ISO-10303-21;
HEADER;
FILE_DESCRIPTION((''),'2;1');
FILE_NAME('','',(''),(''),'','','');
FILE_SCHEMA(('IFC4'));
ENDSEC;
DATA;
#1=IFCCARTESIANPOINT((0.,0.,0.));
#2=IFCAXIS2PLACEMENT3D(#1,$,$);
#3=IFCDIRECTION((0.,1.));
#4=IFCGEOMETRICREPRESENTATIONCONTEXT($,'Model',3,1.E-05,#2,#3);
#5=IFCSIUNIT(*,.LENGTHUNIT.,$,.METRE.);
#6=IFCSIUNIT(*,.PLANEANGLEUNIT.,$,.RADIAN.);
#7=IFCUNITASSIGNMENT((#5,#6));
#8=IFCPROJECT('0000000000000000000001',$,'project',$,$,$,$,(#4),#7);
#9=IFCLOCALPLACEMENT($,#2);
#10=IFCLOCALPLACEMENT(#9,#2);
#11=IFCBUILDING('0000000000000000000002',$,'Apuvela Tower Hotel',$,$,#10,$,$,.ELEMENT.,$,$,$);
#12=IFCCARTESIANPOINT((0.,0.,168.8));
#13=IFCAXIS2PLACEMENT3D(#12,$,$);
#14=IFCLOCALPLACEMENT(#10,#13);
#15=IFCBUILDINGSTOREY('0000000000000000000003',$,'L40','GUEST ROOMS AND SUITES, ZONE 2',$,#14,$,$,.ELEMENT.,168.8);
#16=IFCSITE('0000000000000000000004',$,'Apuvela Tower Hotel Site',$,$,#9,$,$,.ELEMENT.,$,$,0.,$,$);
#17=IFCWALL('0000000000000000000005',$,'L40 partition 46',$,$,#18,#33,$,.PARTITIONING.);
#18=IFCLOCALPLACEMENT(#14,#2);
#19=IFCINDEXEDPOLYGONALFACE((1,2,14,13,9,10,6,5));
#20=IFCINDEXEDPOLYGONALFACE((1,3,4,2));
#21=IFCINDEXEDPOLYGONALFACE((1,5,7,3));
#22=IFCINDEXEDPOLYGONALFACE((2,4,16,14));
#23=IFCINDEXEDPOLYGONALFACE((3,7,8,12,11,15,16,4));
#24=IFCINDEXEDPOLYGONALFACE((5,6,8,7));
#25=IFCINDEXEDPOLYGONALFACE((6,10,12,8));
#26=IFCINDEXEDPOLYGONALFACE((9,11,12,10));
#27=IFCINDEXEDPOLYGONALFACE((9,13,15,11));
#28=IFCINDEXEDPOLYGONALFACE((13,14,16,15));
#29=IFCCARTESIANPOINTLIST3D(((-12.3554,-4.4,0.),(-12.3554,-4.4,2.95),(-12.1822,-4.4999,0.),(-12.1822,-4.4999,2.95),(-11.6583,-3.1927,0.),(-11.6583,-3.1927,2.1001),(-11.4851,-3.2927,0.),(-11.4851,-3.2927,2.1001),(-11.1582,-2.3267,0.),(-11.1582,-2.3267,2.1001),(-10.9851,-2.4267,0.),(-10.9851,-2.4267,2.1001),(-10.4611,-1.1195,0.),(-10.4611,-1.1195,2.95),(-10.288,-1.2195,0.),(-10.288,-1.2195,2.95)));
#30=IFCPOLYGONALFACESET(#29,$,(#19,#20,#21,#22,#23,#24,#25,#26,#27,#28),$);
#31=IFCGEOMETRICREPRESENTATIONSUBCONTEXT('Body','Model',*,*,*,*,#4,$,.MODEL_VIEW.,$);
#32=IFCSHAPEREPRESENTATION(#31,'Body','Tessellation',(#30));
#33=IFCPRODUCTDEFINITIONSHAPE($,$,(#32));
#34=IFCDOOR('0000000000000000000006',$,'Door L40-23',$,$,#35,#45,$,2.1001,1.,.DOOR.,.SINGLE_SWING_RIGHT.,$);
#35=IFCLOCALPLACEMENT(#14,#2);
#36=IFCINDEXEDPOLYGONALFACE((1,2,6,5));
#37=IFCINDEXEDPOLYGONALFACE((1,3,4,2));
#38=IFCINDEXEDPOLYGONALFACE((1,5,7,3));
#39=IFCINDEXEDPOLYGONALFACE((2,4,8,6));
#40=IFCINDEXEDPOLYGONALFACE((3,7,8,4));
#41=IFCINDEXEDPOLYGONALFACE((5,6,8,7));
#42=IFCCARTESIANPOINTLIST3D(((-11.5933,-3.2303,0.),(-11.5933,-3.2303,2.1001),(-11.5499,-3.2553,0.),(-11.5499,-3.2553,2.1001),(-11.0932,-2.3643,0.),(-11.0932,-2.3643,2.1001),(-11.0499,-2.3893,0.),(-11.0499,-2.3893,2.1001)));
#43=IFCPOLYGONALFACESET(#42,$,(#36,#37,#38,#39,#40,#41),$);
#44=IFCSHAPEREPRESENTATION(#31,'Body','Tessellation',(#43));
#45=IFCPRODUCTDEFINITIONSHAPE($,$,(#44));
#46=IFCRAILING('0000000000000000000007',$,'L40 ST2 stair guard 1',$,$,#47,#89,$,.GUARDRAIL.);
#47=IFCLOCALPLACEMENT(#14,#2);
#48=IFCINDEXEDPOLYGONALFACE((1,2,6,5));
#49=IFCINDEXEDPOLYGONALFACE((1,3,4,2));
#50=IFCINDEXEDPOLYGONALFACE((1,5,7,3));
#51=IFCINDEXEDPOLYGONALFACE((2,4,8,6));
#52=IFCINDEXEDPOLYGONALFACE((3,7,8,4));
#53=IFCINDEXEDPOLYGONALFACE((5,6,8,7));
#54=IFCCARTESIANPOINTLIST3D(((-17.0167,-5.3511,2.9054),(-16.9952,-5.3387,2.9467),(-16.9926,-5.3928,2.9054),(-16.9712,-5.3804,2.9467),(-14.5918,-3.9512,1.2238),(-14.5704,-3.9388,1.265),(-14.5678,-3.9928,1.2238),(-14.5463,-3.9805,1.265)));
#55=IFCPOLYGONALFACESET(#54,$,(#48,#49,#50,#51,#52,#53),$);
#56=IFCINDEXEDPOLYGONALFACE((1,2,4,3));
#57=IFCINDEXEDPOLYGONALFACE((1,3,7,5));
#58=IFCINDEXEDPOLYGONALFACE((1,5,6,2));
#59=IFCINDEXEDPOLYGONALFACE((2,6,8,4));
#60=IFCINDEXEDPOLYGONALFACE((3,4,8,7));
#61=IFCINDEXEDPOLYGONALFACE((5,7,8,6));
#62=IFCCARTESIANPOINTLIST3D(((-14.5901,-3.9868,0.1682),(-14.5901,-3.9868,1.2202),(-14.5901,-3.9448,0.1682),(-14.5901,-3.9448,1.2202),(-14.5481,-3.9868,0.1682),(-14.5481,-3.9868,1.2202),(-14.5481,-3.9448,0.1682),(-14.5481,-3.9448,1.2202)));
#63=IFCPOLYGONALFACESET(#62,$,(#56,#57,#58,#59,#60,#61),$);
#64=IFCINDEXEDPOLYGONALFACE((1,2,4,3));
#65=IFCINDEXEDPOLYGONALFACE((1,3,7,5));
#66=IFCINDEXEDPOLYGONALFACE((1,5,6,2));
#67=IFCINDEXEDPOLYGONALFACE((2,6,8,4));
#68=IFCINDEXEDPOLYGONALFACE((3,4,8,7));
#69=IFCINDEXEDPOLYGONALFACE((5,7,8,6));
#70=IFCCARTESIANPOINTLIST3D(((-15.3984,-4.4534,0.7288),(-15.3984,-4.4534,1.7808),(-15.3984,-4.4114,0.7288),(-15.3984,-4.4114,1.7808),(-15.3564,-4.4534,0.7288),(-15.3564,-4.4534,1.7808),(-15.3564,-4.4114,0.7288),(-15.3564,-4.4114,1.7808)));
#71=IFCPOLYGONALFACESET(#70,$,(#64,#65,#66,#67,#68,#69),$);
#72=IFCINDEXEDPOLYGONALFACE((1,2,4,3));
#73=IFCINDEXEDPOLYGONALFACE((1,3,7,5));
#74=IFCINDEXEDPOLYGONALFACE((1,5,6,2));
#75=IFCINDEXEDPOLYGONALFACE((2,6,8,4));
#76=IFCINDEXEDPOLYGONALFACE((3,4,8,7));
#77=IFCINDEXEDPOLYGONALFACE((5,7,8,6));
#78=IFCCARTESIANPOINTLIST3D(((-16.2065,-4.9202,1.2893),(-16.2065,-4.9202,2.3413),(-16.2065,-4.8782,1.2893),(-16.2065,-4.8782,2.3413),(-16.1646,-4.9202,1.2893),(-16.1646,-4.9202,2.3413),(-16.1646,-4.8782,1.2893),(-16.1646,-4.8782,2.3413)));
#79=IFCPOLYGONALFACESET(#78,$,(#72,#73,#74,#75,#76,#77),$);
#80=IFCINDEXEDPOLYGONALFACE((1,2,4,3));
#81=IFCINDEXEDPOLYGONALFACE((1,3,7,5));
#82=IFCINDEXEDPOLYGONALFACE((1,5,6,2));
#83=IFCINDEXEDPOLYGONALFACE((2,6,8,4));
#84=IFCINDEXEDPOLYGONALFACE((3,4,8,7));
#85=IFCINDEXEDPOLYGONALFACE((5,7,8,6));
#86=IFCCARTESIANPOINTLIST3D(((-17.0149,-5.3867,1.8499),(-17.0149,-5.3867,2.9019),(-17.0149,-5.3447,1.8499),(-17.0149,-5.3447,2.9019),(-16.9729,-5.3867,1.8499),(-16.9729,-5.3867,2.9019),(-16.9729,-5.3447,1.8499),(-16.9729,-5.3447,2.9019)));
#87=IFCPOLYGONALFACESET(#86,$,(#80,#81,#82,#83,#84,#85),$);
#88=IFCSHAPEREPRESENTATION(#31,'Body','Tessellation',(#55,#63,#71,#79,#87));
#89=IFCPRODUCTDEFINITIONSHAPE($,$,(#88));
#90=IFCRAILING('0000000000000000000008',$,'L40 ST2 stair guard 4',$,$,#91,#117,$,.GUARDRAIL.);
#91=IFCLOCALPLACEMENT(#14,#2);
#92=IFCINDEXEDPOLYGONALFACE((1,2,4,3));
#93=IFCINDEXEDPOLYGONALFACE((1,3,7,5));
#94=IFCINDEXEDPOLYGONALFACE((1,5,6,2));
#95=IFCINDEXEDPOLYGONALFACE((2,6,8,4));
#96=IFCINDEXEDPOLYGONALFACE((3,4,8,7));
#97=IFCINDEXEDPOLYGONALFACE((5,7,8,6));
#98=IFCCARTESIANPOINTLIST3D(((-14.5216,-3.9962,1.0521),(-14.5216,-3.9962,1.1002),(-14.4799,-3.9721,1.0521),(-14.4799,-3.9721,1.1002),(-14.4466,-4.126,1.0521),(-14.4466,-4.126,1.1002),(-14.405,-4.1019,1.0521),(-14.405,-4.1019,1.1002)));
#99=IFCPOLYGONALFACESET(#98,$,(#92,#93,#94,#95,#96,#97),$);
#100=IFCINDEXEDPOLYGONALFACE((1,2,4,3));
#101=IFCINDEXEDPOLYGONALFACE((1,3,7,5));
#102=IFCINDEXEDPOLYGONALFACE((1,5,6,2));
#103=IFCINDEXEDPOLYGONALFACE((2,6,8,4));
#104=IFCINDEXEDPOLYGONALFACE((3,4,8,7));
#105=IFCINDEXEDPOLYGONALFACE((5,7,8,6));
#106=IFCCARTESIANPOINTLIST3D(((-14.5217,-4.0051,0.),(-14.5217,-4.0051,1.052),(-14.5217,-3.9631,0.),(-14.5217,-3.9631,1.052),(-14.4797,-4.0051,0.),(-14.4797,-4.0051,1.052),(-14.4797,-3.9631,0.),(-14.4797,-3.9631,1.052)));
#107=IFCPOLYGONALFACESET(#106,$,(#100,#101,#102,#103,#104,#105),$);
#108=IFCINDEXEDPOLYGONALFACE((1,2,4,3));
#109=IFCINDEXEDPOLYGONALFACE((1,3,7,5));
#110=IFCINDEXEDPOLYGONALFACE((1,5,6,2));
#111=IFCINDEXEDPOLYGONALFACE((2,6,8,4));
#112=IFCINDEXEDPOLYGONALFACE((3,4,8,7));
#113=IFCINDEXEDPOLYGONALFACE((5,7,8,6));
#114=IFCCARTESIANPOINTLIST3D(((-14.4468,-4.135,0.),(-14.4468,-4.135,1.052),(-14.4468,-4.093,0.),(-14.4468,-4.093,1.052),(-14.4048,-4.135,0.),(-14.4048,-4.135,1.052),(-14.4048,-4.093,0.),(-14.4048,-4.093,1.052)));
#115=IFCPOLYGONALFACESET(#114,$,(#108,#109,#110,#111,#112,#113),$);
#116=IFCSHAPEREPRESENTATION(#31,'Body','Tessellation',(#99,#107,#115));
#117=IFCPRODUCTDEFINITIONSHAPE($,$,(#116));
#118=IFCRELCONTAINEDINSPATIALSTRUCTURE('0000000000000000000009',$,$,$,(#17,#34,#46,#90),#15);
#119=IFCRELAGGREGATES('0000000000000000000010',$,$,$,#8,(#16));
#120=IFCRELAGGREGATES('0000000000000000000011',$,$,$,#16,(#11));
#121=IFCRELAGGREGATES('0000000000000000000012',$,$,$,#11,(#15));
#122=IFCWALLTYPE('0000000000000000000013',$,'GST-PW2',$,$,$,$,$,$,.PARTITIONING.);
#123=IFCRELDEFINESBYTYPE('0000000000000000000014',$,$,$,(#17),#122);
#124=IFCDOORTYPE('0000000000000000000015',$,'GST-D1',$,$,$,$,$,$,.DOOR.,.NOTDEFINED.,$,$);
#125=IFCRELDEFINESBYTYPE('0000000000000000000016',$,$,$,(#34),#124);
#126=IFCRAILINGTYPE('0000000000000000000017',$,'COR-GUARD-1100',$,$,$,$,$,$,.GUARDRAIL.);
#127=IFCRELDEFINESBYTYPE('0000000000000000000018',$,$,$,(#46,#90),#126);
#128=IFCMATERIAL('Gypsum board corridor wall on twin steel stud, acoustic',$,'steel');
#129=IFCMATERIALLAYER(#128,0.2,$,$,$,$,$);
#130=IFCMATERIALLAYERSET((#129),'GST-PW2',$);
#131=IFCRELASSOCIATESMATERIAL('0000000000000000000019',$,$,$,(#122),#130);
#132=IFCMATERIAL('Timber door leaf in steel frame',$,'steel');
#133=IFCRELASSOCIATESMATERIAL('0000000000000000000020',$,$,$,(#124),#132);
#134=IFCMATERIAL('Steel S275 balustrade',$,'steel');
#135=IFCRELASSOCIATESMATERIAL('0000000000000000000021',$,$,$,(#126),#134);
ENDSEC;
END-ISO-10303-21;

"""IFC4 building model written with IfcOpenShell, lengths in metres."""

from ifc_helpers import new_model, si_unit, direction, frame, frame_2d, origin, origin_2d, place, context, subcontext, project, spatial, rectangle, extrude, material, layer, layer_set, type_object, element, fill, save


model = new_model("IFC4")

# Units and contexts
model_context = context("Model", 3, precision=1e-05, world=origin(), true_north=direction((0.0, 1.0)))
body_context = subcontext(model_context, "Body", "Model", "MODEL_VIEW")
ifc_project = project(units=[si_unit("LENGTHUNIT", "METRE"), si_unit("PLANEANGLEUNIT", "RADIAN")], contexts=[model_context])

# Site, building, storey
site_placement = place(None, origin())
site = spatial("IfcSite", under=ifc_project, at=site_placement, Name="Apuvela Tower Hotel Site", CompositionType="ELEMENT", RefElevation=0.0)
building_placement = place(site_placement, origin())
building = spatial("IfcBuilding", under=site, at=building_placement, Name="Apuvela Tower Hotel", CompositionType="ELEMENT")
storey_placement = place(building_placement, frame((0.0, 0.0, 168.8)))
storey = spatial("IfcBuildingStorey", under=building, at=storey_placement, Name="L40", Description="GUEST ROOMS AND SUITES, ZONE 2", CompositionType="ELEMENT", Elevation=168.8)

# Wall, opening, door
ifc_material_1 = material(Name="Gypsum board corridor wall on twin steel stud, acoustic", Category="steel")
ifc_layer_1 = layer(ifc_material_1, 0.2)
ifc_layer_set_1 = layer_set([ifc_layer_1], Name="GST-PW2")
wall_type_1 = type_object("IfcWallType", Name="GST-PW2", PredefinedType="PARTITIONING", material=ifc_layer_set_1)
wall_1_placement = place(storey_placement, frame((-12.2688, -4.45, 0.0), z_axis=(0.0, 0.0, 1.0), x_axis=(0.500055, 0.865993, 0.0)))
wall_1 = element("IfcWall", 1, at=wall_1_placement, inside=storey, type_object=wall_type_1, Name="L40 partition 46", PredefinedType="PARTITIONING", context=body_context, shape_type="SweptSolid", body=[
    extrude(rectangle(XDim=3.7881, YDim=0.2, at=frame_2d((1.894, 0.0))), origin(), (0.0, 0.0, 1.0), 2.95),
])
opening_1_placement = place(wall_1_placement, frame((1.394, 0.0, 0.0)))
opening_1 = element("IfcOpeningElement", 2, at=opening_1_placement, cuts=wall_1, PredefinedType="OPENING", context=body_context, shape_type="SweptSolid", body=[
    extrude(rectangle(XDim=1.0, YDim=2.1001, at=frame_2d((0.5, 1.05))), frame((0.0, 0.1099, 0.0), z_axis=(0.0, -1.0, 0.0), x_axis=(1.0, 0.0, 0.0)), (0.0, 0.0, 1.0), 0.22),
])
ifc_material_2 = material(Name="Timber door leaf in steel frame", Category="steel")
door_type_1 = type_object("IfcDoorType", Name="GST-D1", OperationType="NOTDEFINED", PredefinedType="DOOR", material=ifc_material_2)
door_1_placement = place(opening_1_placement, origin())
door_1 = element("IfcDoor", 3, at=door_1_placement, inside=storey, type_object=door_type_1, Name="Door L40-23", OperationType="SINGLE_SWING_RIGHT", OverallHeight=2.1001, OverallWidth=1.0, PredefinedType="DOOR", context=body_context, shape_type="SweptSolid", body=[
    extrude(rectangle(XDim=1.0, YDim=2.1001, at=frame_2d((0.5, 1.05))), frame((0.0, 0.0249, 0.0), z_axis=(0.0, -1.0, 0.0), x_axis=(1.0, 0.0, 0.0)), (0.0, 0.0, 1.0), 0.05),
])
fill(opening_1, door_1)

# Railings
ifc_material_3 = material(Name="Steel S275 balustrade", Category="steel")
railing_type = type_object("IfcRailingType", Name="COR-GUARD-1100", PredefinedType="GUARDRAIL", material=ifc_material_3)
railing_1_placement = place(storey_placement, frame((-14.5691, -3.9658, 0.1682)))
element("IfcRailing", 4, at=railing_1_placement, inside=storey, type_object=railing_type, Name="L40 ST2 stair guard 1", PredefinedType="GUARDRAIL", context=body_context, shape_type="SweptSolid", body=[
    extrude(rectangle(XDim=0.0481, YDim=0.0481, at=origin_2d()), frame((0.0, 0.0, 1.0762), z_axis=(-0.742419, -0.428618, 0.514879), x_axis=(0.499984, -0.866035, 0.0)), (0.0, 0.0, 1.0), 3.2661),
    extrude(rectangle(XDim=0.042, YDim=0.042, at=origin_2d()), origin(), (0.0, 0.0, 1.0), 1.052),
    extrude(rectangle(XDim=0.042, YDim=0.042, at=origin_2d()), frame((-0.8083, -0.4666, 0.5605)), (0.0, 0.0, 1.0), 1.052),
    extrude(rectangle(XDim=0.042, YDim=0.042, at=origin_2d()), frame((-1.6165, -0.9333, 1.1211)), (0.0, 0.0, 1.0), 1.052),
    extrude(rectangle(XDim=0.042, YDim=0.042, at=origin_2d()), frame((-2.4248, -1.3999, 1.6816)), (0.0, 0.0, 1.0), 1.052),
])
railing_2_placement = place(storey_placement, frame((-14.5007, -3.9841, 0.0)))
element("IfcRailing", 5, at=railing_2_placement, inside=storey, type_object=railing_type, Name="L40 ST2 stair guard 4", PredefinedType="GUARDRAIL", context=body_context, shape_type="SweptSolid", body=[
    extrude(rectangle(XDim=0.0481, YDim=0.0481, at=origin_2d()), frame((0.0, 0.0, 1.0762), z_axis=(0.499816, -0.866131, 0.0), x_axis=(0.866131, 0.499816, 0.0)), (0.0, 0.0, 1.0), 0.1499),
    extrude(rectangle(XDim=0.042, YDim=0.042, at=origin_2d()), origin(), (0.0, 0.0, 1.0), 1.052),
    extrude(rectangle(XDim=0.042, YDim=0.042, at=origin_2d()), frame((0.075, -0.1299, 0.0)), (0.0, 0.0, 1.0), 1.052),
])

save(model, "model.ifc")
